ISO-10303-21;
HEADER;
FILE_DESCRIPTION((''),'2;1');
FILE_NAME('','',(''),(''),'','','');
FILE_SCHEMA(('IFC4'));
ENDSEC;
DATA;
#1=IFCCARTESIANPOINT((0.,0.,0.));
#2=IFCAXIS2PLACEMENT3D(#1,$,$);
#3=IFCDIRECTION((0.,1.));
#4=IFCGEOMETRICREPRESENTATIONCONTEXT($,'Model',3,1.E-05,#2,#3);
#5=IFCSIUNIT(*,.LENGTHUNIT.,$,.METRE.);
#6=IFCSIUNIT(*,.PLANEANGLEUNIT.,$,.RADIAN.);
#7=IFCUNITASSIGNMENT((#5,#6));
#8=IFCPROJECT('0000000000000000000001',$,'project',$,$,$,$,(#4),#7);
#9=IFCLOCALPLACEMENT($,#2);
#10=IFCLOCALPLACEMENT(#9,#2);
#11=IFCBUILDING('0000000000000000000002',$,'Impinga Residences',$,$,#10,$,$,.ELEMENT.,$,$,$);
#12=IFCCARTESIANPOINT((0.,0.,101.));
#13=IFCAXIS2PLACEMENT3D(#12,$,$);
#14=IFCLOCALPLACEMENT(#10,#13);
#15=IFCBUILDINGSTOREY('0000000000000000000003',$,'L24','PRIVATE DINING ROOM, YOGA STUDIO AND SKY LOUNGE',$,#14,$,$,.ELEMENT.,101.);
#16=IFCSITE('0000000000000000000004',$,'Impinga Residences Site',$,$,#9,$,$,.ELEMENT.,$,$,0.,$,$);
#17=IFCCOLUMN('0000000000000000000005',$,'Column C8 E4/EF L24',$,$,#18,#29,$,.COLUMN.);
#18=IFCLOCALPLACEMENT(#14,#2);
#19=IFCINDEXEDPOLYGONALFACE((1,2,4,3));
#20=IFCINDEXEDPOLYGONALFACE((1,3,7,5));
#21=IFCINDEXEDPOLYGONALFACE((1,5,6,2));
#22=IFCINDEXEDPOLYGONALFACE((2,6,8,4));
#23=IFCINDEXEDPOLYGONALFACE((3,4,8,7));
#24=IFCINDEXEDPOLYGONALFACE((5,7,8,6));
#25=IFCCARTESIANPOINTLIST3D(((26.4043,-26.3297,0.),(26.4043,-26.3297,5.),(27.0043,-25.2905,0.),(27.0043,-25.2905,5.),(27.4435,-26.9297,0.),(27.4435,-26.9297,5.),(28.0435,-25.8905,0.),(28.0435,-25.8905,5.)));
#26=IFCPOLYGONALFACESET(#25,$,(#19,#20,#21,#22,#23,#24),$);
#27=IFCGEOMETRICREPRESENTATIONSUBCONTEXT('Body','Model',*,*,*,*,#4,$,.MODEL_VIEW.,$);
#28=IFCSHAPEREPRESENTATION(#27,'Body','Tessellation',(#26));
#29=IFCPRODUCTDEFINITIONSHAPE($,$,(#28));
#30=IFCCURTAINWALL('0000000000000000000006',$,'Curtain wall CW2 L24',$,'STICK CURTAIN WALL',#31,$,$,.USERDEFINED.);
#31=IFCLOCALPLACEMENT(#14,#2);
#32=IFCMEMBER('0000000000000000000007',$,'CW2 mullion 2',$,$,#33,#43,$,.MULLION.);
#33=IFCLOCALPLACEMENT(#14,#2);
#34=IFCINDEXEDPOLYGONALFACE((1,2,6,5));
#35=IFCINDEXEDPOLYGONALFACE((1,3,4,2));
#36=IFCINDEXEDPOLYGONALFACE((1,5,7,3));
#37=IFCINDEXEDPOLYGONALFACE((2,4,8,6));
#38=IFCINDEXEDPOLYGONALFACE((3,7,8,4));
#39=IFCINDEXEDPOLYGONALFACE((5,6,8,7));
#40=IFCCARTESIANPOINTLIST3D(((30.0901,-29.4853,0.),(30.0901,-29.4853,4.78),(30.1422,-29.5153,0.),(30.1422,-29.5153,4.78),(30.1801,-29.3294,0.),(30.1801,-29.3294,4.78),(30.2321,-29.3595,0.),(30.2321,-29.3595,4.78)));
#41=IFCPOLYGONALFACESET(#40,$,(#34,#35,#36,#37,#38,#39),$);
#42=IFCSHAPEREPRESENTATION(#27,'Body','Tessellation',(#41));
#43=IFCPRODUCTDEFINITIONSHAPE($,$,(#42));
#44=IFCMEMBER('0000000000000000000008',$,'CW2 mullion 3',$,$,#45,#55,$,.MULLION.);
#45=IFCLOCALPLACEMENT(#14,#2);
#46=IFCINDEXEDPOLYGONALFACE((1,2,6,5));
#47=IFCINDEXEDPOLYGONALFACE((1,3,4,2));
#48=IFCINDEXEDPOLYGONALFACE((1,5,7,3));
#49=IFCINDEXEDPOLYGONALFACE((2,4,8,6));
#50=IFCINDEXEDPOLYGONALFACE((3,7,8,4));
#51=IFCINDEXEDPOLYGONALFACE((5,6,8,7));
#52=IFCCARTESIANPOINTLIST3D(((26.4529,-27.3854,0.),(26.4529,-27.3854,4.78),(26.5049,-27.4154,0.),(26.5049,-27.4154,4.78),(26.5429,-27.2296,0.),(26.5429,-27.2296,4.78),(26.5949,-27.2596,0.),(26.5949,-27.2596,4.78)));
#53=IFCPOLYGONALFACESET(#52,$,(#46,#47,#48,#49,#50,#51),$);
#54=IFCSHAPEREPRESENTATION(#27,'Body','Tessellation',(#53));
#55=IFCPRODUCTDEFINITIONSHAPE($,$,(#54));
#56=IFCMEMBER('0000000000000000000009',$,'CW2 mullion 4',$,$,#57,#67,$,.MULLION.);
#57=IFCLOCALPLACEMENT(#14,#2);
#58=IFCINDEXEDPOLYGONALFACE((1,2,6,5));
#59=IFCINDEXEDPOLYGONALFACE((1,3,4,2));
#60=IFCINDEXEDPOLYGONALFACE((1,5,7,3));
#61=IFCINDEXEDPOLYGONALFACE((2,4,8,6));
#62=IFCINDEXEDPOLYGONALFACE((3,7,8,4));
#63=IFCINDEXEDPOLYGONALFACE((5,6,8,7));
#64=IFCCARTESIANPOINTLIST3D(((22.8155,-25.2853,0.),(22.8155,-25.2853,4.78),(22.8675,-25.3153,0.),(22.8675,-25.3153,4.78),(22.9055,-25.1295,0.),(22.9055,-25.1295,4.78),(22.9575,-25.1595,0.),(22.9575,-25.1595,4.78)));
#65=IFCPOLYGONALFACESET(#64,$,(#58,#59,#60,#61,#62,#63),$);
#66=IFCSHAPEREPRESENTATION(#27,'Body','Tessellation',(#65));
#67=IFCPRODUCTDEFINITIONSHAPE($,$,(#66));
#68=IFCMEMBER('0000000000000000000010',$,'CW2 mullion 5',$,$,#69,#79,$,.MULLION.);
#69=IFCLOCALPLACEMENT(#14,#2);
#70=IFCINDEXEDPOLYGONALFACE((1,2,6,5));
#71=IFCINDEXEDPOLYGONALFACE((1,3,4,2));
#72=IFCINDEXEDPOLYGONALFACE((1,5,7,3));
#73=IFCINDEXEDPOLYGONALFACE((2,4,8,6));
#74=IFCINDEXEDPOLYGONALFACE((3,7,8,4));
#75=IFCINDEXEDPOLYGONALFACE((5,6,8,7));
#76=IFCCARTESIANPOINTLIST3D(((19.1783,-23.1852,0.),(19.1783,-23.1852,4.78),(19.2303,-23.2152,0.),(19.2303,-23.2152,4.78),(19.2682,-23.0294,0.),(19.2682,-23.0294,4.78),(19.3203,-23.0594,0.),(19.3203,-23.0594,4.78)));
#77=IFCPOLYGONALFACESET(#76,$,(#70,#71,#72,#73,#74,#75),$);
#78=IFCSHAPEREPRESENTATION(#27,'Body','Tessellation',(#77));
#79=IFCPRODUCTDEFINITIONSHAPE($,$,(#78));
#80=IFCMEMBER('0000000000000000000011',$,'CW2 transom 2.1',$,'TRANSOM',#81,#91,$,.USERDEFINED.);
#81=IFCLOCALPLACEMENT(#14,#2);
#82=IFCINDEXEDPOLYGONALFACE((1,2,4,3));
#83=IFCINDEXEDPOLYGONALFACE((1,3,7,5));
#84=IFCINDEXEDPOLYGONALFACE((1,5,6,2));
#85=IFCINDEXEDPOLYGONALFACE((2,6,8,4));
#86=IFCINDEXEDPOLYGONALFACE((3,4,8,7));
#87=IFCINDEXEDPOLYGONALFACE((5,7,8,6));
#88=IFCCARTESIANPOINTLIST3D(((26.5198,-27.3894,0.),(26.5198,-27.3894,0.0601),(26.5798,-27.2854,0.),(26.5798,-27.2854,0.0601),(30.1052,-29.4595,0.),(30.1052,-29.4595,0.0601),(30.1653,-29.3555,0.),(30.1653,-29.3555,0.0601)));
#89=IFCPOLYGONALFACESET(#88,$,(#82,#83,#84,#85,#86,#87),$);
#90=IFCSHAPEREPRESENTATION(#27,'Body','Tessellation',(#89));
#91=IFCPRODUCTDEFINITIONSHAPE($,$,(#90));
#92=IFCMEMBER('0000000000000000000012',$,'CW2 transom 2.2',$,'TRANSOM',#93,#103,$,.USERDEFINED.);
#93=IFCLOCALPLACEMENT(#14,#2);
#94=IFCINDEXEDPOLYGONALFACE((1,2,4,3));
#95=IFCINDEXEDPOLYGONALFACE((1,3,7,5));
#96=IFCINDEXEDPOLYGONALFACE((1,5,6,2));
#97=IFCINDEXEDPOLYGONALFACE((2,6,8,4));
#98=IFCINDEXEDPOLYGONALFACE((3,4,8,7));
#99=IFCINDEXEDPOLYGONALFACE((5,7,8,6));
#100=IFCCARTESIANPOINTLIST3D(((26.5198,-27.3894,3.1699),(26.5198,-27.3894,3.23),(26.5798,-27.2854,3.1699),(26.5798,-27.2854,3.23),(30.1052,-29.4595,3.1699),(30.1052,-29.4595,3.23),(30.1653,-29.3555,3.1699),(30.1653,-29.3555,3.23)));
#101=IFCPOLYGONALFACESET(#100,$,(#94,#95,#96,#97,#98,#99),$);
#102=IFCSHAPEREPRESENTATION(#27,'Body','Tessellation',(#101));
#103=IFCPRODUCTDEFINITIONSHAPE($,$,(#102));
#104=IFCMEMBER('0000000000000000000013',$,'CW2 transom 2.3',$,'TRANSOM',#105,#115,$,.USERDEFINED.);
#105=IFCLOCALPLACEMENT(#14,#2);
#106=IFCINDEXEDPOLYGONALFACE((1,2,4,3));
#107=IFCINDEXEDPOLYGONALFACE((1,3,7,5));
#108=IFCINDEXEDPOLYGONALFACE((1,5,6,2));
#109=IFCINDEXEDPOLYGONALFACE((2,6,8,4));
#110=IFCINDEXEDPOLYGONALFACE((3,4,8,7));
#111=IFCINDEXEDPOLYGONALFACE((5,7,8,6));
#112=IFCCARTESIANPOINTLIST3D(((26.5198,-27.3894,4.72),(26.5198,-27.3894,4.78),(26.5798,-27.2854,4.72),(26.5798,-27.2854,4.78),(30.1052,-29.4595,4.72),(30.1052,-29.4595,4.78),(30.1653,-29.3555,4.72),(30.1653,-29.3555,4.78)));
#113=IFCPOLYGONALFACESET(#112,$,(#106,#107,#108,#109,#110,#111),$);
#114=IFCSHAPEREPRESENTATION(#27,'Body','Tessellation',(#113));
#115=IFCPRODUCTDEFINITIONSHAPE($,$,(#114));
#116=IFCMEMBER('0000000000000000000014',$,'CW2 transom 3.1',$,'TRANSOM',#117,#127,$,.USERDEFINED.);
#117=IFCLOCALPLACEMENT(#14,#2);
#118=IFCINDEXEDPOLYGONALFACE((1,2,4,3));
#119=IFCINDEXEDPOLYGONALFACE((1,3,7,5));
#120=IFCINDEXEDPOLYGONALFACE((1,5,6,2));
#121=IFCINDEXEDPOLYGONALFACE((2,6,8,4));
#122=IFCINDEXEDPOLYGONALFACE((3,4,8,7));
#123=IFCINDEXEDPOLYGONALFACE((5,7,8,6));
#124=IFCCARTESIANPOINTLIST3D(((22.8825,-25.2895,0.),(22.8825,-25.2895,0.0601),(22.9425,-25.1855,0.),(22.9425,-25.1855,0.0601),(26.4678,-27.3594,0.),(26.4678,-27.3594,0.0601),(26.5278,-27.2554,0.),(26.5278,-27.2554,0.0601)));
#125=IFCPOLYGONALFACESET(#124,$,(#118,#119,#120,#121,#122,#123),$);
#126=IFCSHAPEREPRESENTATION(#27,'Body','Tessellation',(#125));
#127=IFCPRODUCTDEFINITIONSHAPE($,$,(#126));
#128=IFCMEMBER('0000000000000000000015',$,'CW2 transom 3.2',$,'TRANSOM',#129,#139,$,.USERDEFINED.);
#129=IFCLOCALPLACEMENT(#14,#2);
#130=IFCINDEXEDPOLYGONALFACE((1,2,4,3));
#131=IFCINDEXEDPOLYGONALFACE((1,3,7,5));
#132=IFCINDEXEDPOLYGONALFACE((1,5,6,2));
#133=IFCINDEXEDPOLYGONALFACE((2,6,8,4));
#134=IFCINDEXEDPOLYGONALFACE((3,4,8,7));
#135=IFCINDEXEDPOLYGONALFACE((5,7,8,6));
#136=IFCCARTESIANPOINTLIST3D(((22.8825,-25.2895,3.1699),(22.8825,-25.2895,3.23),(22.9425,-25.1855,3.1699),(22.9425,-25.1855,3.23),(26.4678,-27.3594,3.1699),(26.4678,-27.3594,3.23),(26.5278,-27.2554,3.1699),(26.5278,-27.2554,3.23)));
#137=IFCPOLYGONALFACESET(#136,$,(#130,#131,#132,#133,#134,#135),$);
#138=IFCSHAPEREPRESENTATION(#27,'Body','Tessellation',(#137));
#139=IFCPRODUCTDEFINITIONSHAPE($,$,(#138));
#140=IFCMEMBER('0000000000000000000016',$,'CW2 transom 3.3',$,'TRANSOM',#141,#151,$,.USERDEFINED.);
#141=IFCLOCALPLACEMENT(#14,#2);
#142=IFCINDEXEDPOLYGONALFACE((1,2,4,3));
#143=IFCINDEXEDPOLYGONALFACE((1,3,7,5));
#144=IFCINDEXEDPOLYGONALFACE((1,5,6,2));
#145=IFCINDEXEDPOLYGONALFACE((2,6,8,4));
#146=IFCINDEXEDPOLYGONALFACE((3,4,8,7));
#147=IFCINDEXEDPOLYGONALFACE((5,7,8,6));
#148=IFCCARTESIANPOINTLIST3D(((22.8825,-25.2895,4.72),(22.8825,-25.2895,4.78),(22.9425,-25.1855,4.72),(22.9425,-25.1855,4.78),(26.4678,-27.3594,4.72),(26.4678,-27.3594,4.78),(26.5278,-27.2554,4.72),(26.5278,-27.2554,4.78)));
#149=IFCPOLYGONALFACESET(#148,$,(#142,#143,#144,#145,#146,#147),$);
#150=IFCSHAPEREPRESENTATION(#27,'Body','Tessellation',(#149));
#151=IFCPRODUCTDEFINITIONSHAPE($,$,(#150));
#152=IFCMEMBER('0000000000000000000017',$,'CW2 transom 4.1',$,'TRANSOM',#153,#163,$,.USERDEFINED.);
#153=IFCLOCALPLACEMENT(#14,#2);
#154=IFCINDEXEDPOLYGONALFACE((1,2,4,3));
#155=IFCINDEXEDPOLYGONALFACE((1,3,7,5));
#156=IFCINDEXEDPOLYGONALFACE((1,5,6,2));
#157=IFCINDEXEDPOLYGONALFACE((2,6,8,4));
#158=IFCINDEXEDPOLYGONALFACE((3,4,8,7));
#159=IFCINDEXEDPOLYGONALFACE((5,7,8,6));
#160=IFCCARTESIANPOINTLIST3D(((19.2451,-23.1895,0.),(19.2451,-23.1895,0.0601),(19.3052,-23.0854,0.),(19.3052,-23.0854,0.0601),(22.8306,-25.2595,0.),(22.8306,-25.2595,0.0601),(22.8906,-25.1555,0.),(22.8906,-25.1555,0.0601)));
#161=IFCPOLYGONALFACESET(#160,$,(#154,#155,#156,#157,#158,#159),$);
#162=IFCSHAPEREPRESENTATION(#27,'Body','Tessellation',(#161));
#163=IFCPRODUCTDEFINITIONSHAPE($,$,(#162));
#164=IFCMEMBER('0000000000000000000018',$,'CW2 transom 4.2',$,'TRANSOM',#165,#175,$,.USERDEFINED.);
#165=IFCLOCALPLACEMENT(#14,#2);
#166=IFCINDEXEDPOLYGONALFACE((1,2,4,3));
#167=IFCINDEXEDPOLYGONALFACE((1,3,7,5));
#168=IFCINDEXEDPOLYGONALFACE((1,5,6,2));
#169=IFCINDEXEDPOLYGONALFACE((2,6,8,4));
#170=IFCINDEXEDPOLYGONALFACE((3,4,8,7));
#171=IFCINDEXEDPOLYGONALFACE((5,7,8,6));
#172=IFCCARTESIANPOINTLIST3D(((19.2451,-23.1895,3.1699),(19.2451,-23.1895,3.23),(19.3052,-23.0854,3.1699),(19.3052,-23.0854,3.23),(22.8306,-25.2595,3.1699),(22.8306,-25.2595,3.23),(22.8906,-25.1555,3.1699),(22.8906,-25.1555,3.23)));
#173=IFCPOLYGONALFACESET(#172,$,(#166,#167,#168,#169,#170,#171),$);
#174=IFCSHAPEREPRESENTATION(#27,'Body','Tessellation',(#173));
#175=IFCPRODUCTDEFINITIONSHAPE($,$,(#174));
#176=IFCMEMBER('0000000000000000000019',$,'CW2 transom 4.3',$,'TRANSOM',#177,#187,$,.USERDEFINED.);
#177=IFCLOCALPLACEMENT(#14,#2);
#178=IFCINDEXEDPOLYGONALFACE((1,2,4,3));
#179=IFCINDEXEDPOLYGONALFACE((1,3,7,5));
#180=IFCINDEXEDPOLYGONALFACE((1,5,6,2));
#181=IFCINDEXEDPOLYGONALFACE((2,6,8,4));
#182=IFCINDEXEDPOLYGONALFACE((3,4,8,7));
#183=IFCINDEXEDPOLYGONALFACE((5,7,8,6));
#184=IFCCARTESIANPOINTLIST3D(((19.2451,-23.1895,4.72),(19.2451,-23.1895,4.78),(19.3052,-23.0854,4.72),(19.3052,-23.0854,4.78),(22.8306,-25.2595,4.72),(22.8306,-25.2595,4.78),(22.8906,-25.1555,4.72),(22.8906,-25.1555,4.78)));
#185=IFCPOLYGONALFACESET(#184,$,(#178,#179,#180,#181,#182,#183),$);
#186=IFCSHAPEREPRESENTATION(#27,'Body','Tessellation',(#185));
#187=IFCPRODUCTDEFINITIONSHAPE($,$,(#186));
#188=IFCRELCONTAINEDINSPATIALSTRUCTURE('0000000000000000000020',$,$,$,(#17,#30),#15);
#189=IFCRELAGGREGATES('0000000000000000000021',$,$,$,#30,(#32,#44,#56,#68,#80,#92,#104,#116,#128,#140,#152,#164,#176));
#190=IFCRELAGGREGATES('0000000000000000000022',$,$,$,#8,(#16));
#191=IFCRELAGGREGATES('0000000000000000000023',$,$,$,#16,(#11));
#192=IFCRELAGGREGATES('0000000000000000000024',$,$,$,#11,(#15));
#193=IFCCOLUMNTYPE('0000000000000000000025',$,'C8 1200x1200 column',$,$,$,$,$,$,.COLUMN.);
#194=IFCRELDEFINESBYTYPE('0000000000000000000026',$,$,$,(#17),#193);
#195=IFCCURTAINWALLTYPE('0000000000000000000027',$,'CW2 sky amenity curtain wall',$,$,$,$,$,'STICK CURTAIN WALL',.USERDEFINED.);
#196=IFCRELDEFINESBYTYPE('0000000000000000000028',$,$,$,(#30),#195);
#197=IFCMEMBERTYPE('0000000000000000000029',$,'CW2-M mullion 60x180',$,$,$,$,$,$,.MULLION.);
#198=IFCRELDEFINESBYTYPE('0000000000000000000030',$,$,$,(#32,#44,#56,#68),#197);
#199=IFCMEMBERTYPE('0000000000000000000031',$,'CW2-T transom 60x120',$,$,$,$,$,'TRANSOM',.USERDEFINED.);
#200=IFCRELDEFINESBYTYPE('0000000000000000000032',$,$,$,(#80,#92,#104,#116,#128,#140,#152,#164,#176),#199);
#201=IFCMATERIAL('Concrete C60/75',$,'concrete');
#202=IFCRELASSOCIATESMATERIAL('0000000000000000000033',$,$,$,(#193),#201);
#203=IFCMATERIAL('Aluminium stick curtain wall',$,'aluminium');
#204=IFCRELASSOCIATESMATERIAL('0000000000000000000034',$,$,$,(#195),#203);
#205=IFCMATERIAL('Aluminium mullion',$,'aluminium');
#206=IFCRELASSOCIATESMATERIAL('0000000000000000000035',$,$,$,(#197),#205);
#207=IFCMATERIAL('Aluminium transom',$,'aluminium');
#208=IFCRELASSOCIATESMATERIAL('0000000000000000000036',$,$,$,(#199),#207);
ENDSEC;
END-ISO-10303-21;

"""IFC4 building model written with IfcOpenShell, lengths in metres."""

from ifc_helpers import new_model, si_unit, direction, frame, origin, origin_2d, place, context, subcontext, project, spatial, rectangle, extrude, material, material_profile, profile_set, type_object, element, aggregate, save


model = new_model("IFC4")

# Units and contexts
model_context = context("Model", 3, precision=1e-05, world=origin(), true_north=direction((0.0, 1.0)))
body_context = subcontext(model_context, "Body", "Model", "MODEL_VIEW")
ifc_project = project(units=[si_unit("LENGTHUNIT", "METRE"), si_unit("PLANEANGLEUNIT", "RADIAN")], contexts=[model_context])

# Site, building, storey
site_placement = place(None, origin())
site = spatial("IfcSite", under=ifc_project, at=site_placement, Name="Impinga Residences Site", CompositionType="ELEMENT", RefElevation=0.0)
building_placement = place(site_placement, origin())
building = spatial("IfcBuilding", under=site, at=building_placement, Name="Impinga Residences", CompositionType="ELEMENT")
storey_placement = place(building_placement, frame((0.0, 0.0, 101.0)))
storey = spatial("IfcBuildingStorey", under=building, at=storey_placement, Name="L24", Description="PRIVATE DINING ROOM, YOGA STUDIO AND SKY LOUNGE", CompositionType="ELEMENT", Elevation=101.0)

# Column
ifc_material_1 = material(Name="Concrete C60/75", Category="concrete")
ifc_material_profile_1 = material_profile(ifc_material_1, rectangle(XDim=1.2, YDim=1.2, at=origin_2d()), Name="RC 1200x1200")
ifc_profile_set_1 = profile_set([ifc_material_profile_1], Name="Concrete C60/75")
column_type = type_object("IfcColumnType", Name="C8 1200x1200 column", PredefinedType="COLUMN", material=ifc_profile_set_1)
column_placement = place(storey_placement, frame((27.2239, -26.1101, 0.0), z_axis=(0.0, 0.0, 1.0), x_axis=(-0.5, -0.866025, 0.0)))
element("IfcColumn", 1, at=column_placement, inside=storey, type_object=column_type, Name="Column C8 E4/EF L24", PredefinedType="COLUMN", context=body_context, shape_type="SweptSolid", body=[
    extrude(rectangle(XDim=1.2, YDim=1.2, at=origin_2d()), origin(), (0.0, 0.0, 1.0), 5.0),
])

# Curtain wall, members
ifc_material_2 = material(Name="Aluminium stick curtain wall", Category="aluminium")
curtain_wall_type = type_object("IfcCurtainWallType", Name="CW2 sky amenity curtain wall", ElementType="STICK CURTAIN WALL", PredefinedType="USERDEFINED", material=ifc_material_2)
curtain_wall_placement = place(storey_placement, origin())
curtain_wall = element("IfcCurtainWall", 2, at=curtain_wall_placement, inside=storey, type_object=curtain_wall_type, Name="Curtain wall CW2 L24", ObjectType="STICK CURTAIN WALL", PredefinedType="USERDEFINED")
ifc_material_3 = material(Name="Aluminium mullion", Category="aluminium")
ifc_material_profile_2 = material_profile(ifc_material_3, rectangle(XDim=0.0601, YDim=0.1799, at=origin_2d()), Name="60x180 mullion")
ifc_profile_set_2 = profile_set([ifc_material_profile_2], Name="Aluminium mullion")
member_type_1 = type_object("IfcMemberType", Name="CW2-M mullion 60x180", PredefinedType="MULLION", material=ifc_profile_set_2)
member_1_placement = place(storey_placement, frame((30.1611, -29.4224, 0.0), z_axis=(0.0, 0.0, 1.0), x_axis=(-0.866025, 0.5, 0.0)))
member_1 = element("IfcMember", 3, at=member_1_placement, type_object=member_type_1, Name="CW2 mullion 2", PredefinedType="MULLION", context=body_context, shape_type="SweptSolid", body=[
    extrude(rectangle(XDim=0.0601, YDim=0.1799, at=origin_2d()), origin(), (0.0, 0.0, 1.0), 4.78),
])
member_2_placement = place(storey_placement, frame((26.5239, -27.3225, 0.0), z_axis=(0.0, 0.0, 1.0), x_axis=(-0.866025, 0.5, 0.0)))
member_2 = element("IfcMember", 4, at=member_2_placement, type_object=member_type_1, Name="CW2 mullion 3", PredefinedType="MULLION", context=body_context, shape_type="SweptSolid", body=[
    extrude(rectangle(XDim=0.0601, YDim=0.1799, at=origin_2d()), origin(), (0.0, 0.0, 1.0), 4.78),
])
member_3_placement = place(storey_placement, frame((22.8865, -25.2224, 0.0), z_axis=(0.0, 0.0, 1.0), x_axis=(-0.866025, 0.5, 0.0)))
member_3 = element("IfcMember", 5, at=member_3_placement, type_object=member_type_1, Name="CW2 mullion 4", PredefinedType="MULLION", context=body_context, shape_type="SweptSolid", body=[
    extrude(rectangle(XDim=0.0601, YDim=0.1799, at=origin_2d()), origin(), (0.0, 0.0, 1.0), 4.78),
])
member_4_placement = place(storey_placement, frame((19.2493, -23.1223, 0.0), z_axis=(0.0, 0.0, 1.0), x_axis=(-0.866025, 0.5, 0.0)))
member_4 = element("IfcMember", 6, at=member_4_placement, type_object=member_type_1, Name="CW2 mullion 5", PredefinedType="MULLION", context=body_context, shape_type="SweptSolid", body=[
    extrude(rectangle(XDim=0.0601, YDim=0.1799, at=origin_2d()), origin(), (0.0, 0.0, 1.0), 4.78),
])
ifc_material_4 = material(Name="Aluminium transom", Category="aluminium")
ifc_material_profile_3 = material_profile(ifc_material_4, rectangle(XDim=0.0601, YDim=0.1201, at=origin_2d()), Name="60x120 transom")
ifc_profile_set_3 = profile_set([ifc_material_profile_3], Name="Aluminium transom")
member_type_2 = type_object("IfcMemberType", Name="CW2-T transom 60x120", ElementType="TRANSOM", PredefinedType="USERDEFINED", material=ifc_profile_set_3)
member_5_placement = place(storey_placement, frame((30.1353, -29.4075, 0.03), z_axis=(-0.866025, 0.500002, 0.0), x_axis=(0.0, 0.0, 1.0)))
member_5 = element("IfcMember", 7, at=member_5_placement, type_object=member_type_2, Name="CW2 transom 2.1", ObjectType="TRANSOM", PredefinedType="USERDEFINED", context=body_context, shape_type="SweptSolid", body=[
    extrude(rectangle(XDim=0.0601, YDim=0.1201, at=origin_2d()), origin(), (0.0, 0.0, 1.0), 4.1401),
])
member_6_placement = place(storey_placement, frame((30.1353, -29.4075, 3.2), z_axis=(-0.866025, 0.500002, 0.0), x_axis=(0.0, 0.0, 1.0)))
member_6 = element("IfcMember", 8, at=member_6_placement, type_object=member_type_2, Name="CW2 transom 2.2", ObjectType="TRANSOM", PredefinedType="USERDEFINED", context=body_context, shape_type="SweptSolid", body=[
    extrude(rectangle(XDim=0.0601, YDim=0.1201, at=origin_2d()), origin(), (0.0, 0.0, 1.0), 4.1401),
])
member_7_placement = place(storey_placement, frame((30.1353, -29.4075, 4.75), z_axis=(-0.866025, 0.500002, 0.0), x_axis=(0.0, 0.0, 1.0)))
member_7 = element("IfcMember", 9, at=member_7_placement, type_object=member_type_2, Name="CW2 transom 2.3", ObjectType="TRANSOM", PredefinedType="USERDEFINED", context=body_context, shape_type="SweptSolid", body=[
    extrude(rectangle(XDim=0.0601, YDim=0.1201, at=origin_2d()), origin(), (0.0, 0.0, 1.0), 4.1401),
])
member_8_placement = place(storey_placement, frame((26.4978, -27.3074, 0.03), z_axis=(-0.866035, 0.499983, 0.0), x_axis=(0.0, 0.0, 1.0)))
member_8 = element("IfcMember", 10, at=member_8_placement, type_object=member_type_2, Name="CW2 transom 3.1", ObjectType="TRANSOM", PredefinedType="USERDEFINED", context=body_context, shape_type="SweptSolid", body=[
    extrude(rectangle(XDim=0.0601, YDim=0.1201, at=origin_2d()), origin(), (0.0, 0.0, 1.0), 4.1399),
])
member_9_placement = place(storey_placement, frame((26.4978, -27.3074, 3.2), z_axis=(-0.866035, 0.499983, 0.0), x_axis=(0.0, 0.0, 1.0)))
member_9 = element("IfcMember", 11, at=member_9_placement, type_object=member_type_2, Name="CW2 transom 3.2", ObjectType="TRANSOM", PredefinedType="USERDEFINED", context=body_context, shape_type="SweptSolid", body=[
    extrude(rectangle(XDim=0.0601, YDim=0.1201, at=origin_2d()), origin(), (0.0, 0.0, 1.0), 4.1399),
])
member_10_placement = place(storey_placement, frame((26.4978, -27.3074, 4.75), z_axis=(-0.866035, 0.499983, 0.0), x_axis=(0.0, 0.0, 1.0)))
member_10 = element("IfcMember", 12, at=member_10_placement, type_object=member_type_2, Name="CW2 transom 3.3", ObjectType="TRANSOM", PredefinedType="USERDEFINED", context=body_context, shape_type="SweptSolid", body=[
    extrude(rectangle(XDim=0.0601, YDim=0.1201, at=origin_2d()), origin(), (0.0, 0.0, 1.0), 4.1399),
])
member_11_placement = place(storey_placement, frame((22.8606, -25.2075, 0.03), z_axis=(-0.866025, 0.500002, 0.0), x_axis=(0.0, 0.0, 1.0)))
member_11 = element("IfcMember", 13, at=member_11_placement, type_object=member_type_2, Name="CW2 transom 4.1", ObjectType="TRANSOM", PredefinedType="USERDEFINED", context=body_context, shape_type="SweptSolid", body=[
    extrude(rectangle(XDim=0.0601, YDim=0.1201, at=origin_2d()), origin(), (0.0, 0.0, 1.0), 4.1401),
])
member_12_placement = place(storey_placement, frame((22.8606, -25.2075, 3.2), z_axis=(-0.866025, 0.500002, 0.0), x_axis=(0.0, 0.0, 1.0)))
member_12 = element("IfcMember", 14, at=member_12_placement, type_object=member_type_2, Name="CW2 transom 4.2", ObjectType="TRANSOM", PredefinedType="USERDEFINED", context=body_context, shape_type="SweptSolid", body=[
    extrude(rectangle(XDim=0.0601, YDim=0.1201, at=origin_2d()), origin(), (0.0, 0.0, 1.0), 4.1401),
])
member_13_placement = place(storey_placement, frame((22.8606, -25.2075, 4.75), z_axis=(-0.866025, 0.500002, 0.0), x_axis=(0.0, 0.0, 1.0)))
member_13 = element("IfcMember", 15, at=member_13_placement, type_object=member_type_2, Name="CW2 transom 4.3", ObjectType="TRANSOM", PredefinedType="USERDEFINED", context=body_context, shape_type="SweptSolid", body=[
    extrude(rectangle(XDim=0.0601, YDim=0.1201, at=origin_2d()), origin(), (0.0, 0.0, 1.0), 4.1401),
])

aggregate(curtain_wall, [member_1, member_2, member_3, member_4, member_5, member_6, member_7, member_8, member_9, member_10, member_11, member_12, member_13])

save(model, "model.ifc")
